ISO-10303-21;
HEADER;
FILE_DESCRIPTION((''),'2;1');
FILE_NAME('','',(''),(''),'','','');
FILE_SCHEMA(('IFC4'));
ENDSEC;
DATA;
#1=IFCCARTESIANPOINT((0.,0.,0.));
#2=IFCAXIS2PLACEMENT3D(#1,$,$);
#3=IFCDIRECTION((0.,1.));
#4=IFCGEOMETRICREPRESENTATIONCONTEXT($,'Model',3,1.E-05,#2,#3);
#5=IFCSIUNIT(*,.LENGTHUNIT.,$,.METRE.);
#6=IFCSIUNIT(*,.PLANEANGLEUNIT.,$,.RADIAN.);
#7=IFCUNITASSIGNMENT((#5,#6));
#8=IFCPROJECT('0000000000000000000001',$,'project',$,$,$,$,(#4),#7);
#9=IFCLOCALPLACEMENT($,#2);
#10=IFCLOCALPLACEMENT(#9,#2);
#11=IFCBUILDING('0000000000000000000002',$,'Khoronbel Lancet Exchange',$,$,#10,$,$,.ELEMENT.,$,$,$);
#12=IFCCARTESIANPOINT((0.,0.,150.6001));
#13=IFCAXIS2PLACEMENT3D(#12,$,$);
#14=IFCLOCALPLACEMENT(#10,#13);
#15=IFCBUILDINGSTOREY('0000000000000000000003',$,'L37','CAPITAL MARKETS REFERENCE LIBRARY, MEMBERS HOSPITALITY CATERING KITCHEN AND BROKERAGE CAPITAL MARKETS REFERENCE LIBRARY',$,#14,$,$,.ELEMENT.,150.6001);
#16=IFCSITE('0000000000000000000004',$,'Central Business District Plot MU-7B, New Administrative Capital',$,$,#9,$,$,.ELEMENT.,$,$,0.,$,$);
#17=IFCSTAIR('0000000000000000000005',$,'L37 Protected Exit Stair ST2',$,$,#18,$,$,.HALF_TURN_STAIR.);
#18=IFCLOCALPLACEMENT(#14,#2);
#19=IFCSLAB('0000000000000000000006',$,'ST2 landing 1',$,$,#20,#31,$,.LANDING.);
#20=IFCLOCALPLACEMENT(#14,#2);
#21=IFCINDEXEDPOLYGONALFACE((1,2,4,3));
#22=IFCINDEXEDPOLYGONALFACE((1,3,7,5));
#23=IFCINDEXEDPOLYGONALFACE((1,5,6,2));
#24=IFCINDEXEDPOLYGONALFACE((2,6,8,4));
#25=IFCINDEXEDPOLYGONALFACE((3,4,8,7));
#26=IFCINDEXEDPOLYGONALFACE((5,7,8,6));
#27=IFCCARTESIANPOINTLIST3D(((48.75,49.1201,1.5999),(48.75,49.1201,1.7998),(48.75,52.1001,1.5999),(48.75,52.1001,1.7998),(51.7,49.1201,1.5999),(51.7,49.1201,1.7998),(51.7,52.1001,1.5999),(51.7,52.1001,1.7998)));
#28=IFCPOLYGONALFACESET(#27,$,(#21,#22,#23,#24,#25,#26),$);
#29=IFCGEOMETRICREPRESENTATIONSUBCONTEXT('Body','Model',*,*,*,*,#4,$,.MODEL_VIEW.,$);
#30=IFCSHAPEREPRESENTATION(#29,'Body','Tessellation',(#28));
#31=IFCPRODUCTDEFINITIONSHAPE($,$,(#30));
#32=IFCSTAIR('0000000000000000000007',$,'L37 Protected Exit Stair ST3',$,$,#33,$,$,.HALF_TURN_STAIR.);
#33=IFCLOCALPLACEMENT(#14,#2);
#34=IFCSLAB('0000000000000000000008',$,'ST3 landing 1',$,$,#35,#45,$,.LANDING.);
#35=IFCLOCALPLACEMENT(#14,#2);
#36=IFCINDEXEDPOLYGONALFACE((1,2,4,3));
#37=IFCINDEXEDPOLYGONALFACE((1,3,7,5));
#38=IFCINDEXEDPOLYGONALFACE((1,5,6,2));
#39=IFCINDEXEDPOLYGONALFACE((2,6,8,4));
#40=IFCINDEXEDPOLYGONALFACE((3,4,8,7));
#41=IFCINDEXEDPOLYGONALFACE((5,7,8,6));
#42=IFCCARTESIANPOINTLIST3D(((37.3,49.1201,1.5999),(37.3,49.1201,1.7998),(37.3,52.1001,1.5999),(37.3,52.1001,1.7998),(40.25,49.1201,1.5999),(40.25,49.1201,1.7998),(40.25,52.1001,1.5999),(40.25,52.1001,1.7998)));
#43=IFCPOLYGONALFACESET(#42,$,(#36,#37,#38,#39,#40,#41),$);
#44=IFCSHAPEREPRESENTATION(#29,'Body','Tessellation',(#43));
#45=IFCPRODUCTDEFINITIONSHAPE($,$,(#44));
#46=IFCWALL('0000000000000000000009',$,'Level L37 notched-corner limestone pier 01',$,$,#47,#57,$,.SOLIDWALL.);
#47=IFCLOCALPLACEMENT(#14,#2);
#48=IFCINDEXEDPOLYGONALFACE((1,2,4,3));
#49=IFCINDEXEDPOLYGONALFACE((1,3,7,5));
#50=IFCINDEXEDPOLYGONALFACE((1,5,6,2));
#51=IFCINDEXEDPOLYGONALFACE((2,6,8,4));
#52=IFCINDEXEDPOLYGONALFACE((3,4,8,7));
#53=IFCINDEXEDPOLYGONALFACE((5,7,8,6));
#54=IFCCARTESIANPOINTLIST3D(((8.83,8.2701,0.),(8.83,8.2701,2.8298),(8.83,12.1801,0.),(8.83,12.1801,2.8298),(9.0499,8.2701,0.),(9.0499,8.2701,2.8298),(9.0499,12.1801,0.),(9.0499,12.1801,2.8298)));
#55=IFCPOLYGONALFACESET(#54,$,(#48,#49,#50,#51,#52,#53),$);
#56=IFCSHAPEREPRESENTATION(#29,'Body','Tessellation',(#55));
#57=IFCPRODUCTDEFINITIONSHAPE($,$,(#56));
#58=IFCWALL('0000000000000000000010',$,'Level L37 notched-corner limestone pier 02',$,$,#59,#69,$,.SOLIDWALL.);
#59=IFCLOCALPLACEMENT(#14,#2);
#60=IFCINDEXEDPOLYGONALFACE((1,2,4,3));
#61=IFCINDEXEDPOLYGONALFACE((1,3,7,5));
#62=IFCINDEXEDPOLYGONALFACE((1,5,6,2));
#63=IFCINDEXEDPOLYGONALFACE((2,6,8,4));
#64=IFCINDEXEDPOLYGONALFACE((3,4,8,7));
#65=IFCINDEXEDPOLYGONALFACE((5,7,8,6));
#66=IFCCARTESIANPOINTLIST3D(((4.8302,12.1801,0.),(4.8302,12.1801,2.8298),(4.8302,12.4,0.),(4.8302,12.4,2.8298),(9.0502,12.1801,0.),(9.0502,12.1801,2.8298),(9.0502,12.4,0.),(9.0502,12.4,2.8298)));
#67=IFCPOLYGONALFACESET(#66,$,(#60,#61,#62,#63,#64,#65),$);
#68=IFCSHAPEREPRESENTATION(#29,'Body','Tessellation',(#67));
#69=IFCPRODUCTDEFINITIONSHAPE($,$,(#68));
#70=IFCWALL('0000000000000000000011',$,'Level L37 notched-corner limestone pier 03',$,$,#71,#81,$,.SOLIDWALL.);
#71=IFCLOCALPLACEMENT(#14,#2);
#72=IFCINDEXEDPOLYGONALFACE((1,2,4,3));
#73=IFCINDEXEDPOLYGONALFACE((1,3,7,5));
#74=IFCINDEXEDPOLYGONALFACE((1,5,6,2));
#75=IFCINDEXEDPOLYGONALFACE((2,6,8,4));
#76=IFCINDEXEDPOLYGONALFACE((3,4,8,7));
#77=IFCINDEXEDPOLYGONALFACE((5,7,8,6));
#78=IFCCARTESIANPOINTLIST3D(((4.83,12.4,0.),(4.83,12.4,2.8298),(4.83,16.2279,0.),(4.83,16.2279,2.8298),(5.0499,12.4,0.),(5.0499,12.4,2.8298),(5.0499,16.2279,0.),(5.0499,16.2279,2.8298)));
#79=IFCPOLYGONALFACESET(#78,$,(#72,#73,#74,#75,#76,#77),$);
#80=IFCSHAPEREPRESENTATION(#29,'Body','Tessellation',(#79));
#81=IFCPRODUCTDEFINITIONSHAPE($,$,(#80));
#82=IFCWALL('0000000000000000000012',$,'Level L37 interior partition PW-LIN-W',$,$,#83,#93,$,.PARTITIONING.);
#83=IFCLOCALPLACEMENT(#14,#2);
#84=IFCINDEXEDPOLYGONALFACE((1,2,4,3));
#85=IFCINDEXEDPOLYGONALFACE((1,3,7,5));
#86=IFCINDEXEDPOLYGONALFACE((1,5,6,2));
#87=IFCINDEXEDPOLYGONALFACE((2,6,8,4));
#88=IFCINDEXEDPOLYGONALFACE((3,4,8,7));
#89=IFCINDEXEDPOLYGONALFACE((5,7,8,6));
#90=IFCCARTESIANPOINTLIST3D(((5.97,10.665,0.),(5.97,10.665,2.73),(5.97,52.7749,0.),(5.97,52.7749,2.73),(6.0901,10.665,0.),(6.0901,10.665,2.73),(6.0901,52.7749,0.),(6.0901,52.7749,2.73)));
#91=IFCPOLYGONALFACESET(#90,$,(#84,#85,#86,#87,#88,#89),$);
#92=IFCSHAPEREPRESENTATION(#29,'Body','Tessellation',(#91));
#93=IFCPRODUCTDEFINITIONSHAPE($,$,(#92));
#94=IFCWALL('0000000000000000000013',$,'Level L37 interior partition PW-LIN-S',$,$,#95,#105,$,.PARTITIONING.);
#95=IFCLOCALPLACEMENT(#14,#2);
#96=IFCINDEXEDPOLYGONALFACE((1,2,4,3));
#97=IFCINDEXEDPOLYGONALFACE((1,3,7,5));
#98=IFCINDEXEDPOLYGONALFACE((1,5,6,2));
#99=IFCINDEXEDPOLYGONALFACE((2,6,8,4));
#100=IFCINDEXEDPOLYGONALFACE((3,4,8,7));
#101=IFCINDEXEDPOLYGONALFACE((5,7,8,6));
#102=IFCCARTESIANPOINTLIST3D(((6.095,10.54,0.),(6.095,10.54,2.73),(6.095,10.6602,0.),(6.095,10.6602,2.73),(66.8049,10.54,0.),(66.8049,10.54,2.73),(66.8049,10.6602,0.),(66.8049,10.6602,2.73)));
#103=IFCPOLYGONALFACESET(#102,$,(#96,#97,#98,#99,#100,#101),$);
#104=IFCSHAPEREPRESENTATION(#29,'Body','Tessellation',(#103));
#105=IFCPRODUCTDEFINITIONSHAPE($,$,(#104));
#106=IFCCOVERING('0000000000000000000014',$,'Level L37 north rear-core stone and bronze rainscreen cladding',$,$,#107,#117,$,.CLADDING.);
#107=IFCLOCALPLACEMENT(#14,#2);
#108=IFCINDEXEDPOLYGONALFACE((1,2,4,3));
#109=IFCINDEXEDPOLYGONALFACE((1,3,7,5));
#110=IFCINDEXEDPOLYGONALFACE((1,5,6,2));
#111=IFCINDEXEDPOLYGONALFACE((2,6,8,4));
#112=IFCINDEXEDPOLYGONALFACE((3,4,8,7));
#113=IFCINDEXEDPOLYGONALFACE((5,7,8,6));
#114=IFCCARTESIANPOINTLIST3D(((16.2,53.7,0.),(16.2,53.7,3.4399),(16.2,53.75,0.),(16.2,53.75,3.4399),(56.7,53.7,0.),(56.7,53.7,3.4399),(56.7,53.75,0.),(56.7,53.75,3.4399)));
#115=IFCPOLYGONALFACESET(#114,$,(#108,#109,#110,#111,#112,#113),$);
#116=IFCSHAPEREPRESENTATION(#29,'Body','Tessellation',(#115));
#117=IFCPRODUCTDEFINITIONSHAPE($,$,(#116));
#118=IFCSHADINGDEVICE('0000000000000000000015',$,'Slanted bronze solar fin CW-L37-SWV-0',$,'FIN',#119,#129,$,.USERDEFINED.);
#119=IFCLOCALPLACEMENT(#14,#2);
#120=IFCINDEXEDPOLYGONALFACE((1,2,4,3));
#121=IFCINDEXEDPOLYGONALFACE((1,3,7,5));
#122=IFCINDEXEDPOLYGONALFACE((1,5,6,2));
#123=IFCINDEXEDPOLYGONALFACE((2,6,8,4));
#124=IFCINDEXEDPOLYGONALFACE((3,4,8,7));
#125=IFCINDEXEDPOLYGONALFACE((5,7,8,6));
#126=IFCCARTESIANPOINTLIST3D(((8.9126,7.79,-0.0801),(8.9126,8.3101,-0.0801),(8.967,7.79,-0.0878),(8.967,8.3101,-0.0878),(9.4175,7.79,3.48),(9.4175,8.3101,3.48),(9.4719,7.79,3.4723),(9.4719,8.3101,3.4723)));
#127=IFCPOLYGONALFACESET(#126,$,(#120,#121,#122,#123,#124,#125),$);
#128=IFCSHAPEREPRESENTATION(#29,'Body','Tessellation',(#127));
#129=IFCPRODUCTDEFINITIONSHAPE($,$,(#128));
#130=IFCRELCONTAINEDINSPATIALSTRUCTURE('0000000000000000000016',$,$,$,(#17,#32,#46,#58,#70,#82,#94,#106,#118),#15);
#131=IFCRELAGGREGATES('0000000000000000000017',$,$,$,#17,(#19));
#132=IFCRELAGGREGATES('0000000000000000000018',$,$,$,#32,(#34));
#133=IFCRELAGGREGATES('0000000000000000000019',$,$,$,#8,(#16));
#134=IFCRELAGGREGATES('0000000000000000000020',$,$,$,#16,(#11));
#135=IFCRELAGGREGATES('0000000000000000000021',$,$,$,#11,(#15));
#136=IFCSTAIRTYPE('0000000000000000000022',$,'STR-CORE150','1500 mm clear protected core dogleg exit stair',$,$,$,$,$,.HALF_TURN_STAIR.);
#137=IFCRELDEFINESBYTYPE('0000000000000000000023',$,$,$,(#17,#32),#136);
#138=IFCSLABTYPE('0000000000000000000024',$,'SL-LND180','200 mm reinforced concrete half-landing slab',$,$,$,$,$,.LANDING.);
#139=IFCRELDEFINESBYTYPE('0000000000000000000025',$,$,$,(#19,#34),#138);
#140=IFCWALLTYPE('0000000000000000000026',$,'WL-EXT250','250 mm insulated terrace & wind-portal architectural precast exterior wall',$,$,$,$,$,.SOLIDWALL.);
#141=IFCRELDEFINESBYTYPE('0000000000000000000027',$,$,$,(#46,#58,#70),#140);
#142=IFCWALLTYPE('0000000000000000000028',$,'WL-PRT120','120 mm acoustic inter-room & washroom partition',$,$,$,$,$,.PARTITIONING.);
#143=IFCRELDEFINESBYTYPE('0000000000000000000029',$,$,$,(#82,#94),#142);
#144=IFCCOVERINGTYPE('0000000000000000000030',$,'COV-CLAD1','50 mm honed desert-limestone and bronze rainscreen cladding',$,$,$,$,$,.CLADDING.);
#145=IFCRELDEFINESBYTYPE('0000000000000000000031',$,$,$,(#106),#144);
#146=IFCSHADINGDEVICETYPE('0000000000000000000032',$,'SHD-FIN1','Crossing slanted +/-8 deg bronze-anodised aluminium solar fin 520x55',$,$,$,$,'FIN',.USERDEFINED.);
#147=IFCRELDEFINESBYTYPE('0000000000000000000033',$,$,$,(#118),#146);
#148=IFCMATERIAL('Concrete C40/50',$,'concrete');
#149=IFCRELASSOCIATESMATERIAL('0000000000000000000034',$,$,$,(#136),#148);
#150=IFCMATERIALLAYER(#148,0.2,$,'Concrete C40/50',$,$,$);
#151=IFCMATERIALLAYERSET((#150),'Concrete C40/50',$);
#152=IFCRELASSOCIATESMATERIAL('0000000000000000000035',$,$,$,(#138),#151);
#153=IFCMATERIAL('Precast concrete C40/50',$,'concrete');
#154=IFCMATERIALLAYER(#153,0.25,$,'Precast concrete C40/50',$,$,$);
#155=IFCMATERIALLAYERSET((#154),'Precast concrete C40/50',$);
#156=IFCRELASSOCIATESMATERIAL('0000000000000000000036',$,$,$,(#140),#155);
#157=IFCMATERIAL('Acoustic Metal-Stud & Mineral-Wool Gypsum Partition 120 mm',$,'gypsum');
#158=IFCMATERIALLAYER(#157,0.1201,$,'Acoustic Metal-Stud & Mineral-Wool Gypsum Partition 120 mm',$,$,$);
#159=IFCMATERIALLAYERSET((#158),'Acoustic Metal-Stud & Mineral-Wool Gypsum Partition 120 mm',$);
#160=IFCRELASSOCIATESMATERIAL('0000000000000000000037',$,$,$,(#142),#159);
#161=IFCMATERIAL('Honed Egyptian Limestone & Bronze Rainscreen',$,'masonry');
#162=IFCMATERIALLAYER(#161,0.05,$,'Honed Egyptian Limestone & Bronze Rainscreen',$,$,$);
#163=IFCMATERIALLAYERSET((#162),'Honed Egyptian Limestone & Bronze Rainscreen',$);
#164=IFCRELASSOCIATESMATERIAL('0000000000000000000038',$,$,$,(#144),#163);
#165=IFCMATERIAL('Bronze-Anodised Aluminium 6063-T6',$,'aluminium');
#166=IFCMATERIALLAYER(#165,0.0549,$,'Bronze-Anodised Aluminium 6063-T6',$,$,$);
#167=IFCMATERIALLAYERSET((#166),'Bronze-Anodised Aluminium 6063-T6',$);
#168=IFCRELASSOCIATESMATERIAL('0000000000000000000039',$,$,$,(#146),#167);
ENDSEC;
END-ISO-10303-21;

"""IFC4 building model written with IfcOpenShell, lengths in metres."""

from ifc_helpers import new_model, si_unit, direction, frame, frame_2d, origin, place, context, subcontext, project, spatial, polyline, rectangle, outline, extrude, material, layer, layer_set, type_object, element, aggregate, save


model = new_model("IFC4")

# Units and contexts
model_context = context("Model", 3, precision=1e-05, world=origin(), true_north=direction((0.0, 1.0)))
body_context = subcontext(model_context, "Body", "Model", "MODEL_VIEW")
ifc_project = project(units=[si_unit("LENGTHUNIT", "METRE"), si_unit("PLANEANGLEUNIT", "RADIAN")], contexts=[model_context])

# Site, building, storey
site_placement = place(None, origin())
site = spatial("IfcSite", under=ifc_project, at=site_placement, Name="Central Business District Plot MU-7B, New Administrative Capital", CompositionType="ELEMENT", RefElevation=0.0)
building_placement = place(site_placement, origin())
building = spatial("IfcBuilding", under=site, at=building_placement, Name="Khoronbel Lancet Exchange", CompositionType="ELEMENT")
storey_placement = place(building_placement, frame((0.0, 0.0, 150.6001)))
storey = spatial("IfcBuildingStorey", under=building, at=storey_placement, Name="L37", Description="CAPITAL MARKETS REFERENCE LIBRARY, MEMBERS HOSPITALITY CATERING KITCHEN AND BROKERAGE CAPITAL MARKETS REFERENCE LIBRARY", CompositionType="ELEMENT", Elevation=150.6001)

# Shared definitions
ifc_material_1 = material(Name="Bronze-Anodised Aluminium 6063-T6", Category="aluminium")

# Shared definitions
ifc_material_2 = material(Name="Concrete C40/50", Category="concrete")

# Stairs, slabs
stair_type = type_object("IfcStairType", Name="STR-CORE150", Description="1500 mm clear protected core dogleg exit stair", PredefinedType="HALF_TURN_STAIR", material=ifc_material_2)
ifc_layer_1 = layer(ifc_material_2, 0.2, Name="Concrete C40/50")
ifc_layer_set_1 = layer_set([ifc_layer_1], Name="Concrete C40/50")
slab_type_1 = type_object("IfcSlabType", Name="SL-LND180", Description="200 mm reinforced concrete half-landing slab", PredefinedType="LANDING", material=ifc_layer_set_1)
stair_1_placement = place(storey_placement, origin())
stair_1 = element("IfcStair", 1, at=stair_1_placement, inside=storey, type_object=stair_type, Name="L37 Protected Exit Stair ST2", PredefinedType="HALF_TURN_STAIR")
slab_1_placement = place(storey_placement, frame((0.0, 0.0, 1.5999)))
slab_1 = element("IfcSlab", 2, at=slab_1_placement, type_object=slab_type_1, Name="ST2 landing 1", PredefinedType="LANDING", context=body_context, shape_type="SweptSolid", body=[
    extrude(outline(polyline([(51.7, 52.1001), (48.75, 52.1001), (48.75, 49.1201), (51.7, 49.1201), (51.7, 52.1001)])), origin(), (0.0, 0.0, 1.0), 0.2),
])
aggregate(stair_1, [slab_1])
stair_2_placement = place(storey_placement, origin())
stair_2 = element("IfcStair", 3, at=stair_2_placement, inside=storey, type_object=stair_type, Name="L37 Protected Exit Stair ST3", PredefinedType="HALF_TURN_STAIR")
slab_2_placement = place(storey_placement, frame((0.0, 0.0, 1.5999)))
slab_2 = element("IfcSlab", 4, at=slab_2_placement, type_object=slab_type_1, Name="ST3 landing 1", PredefinedType="LANDING", context=body_context, shape_type="SweptSolid", body=[
    extrude(outline(polyline([(37.3, 49.1201), (40.25, 49.1201), (40.25, 52.1001), (37.3, 52.1001), (37.3, 49.1201)])), origin(), (0.0, 0.0, 1.0), 0.2),
])
aggregate(stair_2, [slab_2])

# Walls
ifc_material_3 = material(Name="Precast concrete C40/50", Category="concrete")
ifc_layer_2 = layer(ifc_material_3, 0.25, Name="Precast concrete C40/50")
ifc_layer_set_2 = layer_set([ifc_layer_2], Name="Precast concrete C40/50")
wall_type_1 = type_object("IfcWallType", Name="WL-EXT250", Description="250 mm insulated terrace & wind-portal architectural precast exterior wall", PredefinedType="SOLIDWALL", material=ifc_layer_set_2)
wall_1_placement = place(storey_placement, frame((8.9399, 8.27, 0.0), z_axis=(0.0, 0.0, 1.0), x_axis=(0.0, 1.0, 0.0)))
element("IfcWall", 5, at=wall_1_placement, inside=storey, type_object=wall_type_1, Name="Level L37 notched-corner limestone pier 01", PredefinedType="SOLIDWALL", context=body_context, shape_type="SweptSolid", body=[
    extrude(rectangle(XDim=3.9099, YDim=0.22, at=frame_2d((1.9551, 0.0))), origin(), (0.0, 0.0, 1.0), 2.8298),
])
wall_2_placement = place(storey_placement, frame((9.05, 12.29, 0.0), z_axis=(0.0, 0.0, 1.0), x_axis=(-1.0, 0.0, 0.0)))
element("IfcWall", 6, at=wall_2_placement, inside=storey, type_object=wall_type_1, Name="Level L37 notched-corner limestone pier 02", PredefinedType="SOLIDWALL", context=body_context, shape_type="SweptSolid", body=[
    extrude(rectangle(XDim=4.22, YDim=0.22, at=frame_2d((2.1099, 0.0))), origin(), (0.0, 0.0, 1.0), 2.8298),
])
wall_3_placement = place(storey_placement, frame((4.9399, 12.3999, 0.0), z_axis=(0.0, 0.0, 1.0), x_axis=(0.0, 1.0, 0.0)))
element("IfcWall", 7, at=wall_3_placement, inside=storey, type_object=wall_type_1, Name="Level L37 notched-corner limestone pier 03", PredefinedType="SOLIDWALL", context=body_context, shape_type="SweptSolid", body=[
    extrude(rectangle(XDim=3.8279, YDim=0.22, at=frame_2d((1.9141, 0.0))), origin(), (0.0, 0.0, 1.0), 2.8298),
])
ifc_material_4 = material(Name="Acoustic Metal-Stud & Mineral-Wool Gypsum Partition 120 mm", Category="gypsum")
ifc_layer_3 = layer(ifc_material_4, 0.1201, Name="Acoustic Metal-Stud & Mineral-Wool Gypsum Partition 120 mm")
ifc_layer_set_3 = layer_set([ifc_layer_3], Name="Acoustic Metal-Stud & Mineral-Wool Gypsum Partition 120 mm")
wall_type_2 = type_object("IfcWallType", Name="WL-PRT120", Description="120 mm acoustic inter-room & washroom partition", PredefinedType="PARTITIONING", material=ifc_layer_set_3)
wall_4_placement = place(storey_placement, frame((6.03, 10.665, 0.0), z_axis=(0.0, 0.0, 1.0), x_axis=(0.0, 1.0, 0.0)))
element("IfcWall", 8, at=wall_4_placement, inside=storey, type_object=wall_type_2, Name="Level L37 interior partition PW-LIN-W", PredefinedType="PARTITIONING", context=body_context, shape_type="SweptSolid", body=[
    extrude(rectangle(XDim=42.1099, YDim=0.1201, at=frame_2d((21.0549, 0.0))), origin(), (0.0, 0.0, 1.0), 2.73),
])
wall_5_placement = place(storey_placement, frame((6.095, 10.6001, 0.0), z_axis=(0.0, 0.0, 1.0), x_axis=(1.0, 0.0, 0.0)))
element("IfcWall", 9, at=wall_5_placement, inside=storey, type_object=wall_type_2, Name="Level L37 interior partition PW-LIN-S", PredefinedType="PARTITIONING", context=body_context, shape_type="SweptSolid", body=[
    extrude(rectangle(XDim=60.71, YDim=0.1201, at=frame_2d((30.355, 0.0))), origin(), (0.0, 0.0, 1.0), 2.73),
])

# Covering
ifc_material_5 = material(Name="Honed Egyptian Limestone & Bronze Rainscreen", Category="masonry")
ifc_layer_4 = layer(ifc_material_5, 0.05, Name="Honed Egyptian Limestone & Bronze Rainscreen")
ifc_layer_set_4 = layer_set([ifc_layer_4], Name="Honed Egyptian Limestone & Bronze Rainscreen")
covering_type = type_object("IfcCoveringType", Name="COV-CLAD1", Description="50 mm honed desert-limestone and bronze rainscreen cladding", PredefinedType="CLADDING", material=ifc_layer_set_4)
covering_placement = place(storey_placement, origin())
element("IfcCovering", 10, at=covering_placement, inside=storey, type_object=covering_type, Name="Level L37 north rear-core stone and bronze rainscreen cladding", PredefinedType="CLADDING", context=body_context, shape_type="SweptSolid", body=[
    extrude(outline(polyline([(16.2, 53.7), (56.7, 53.7), (56.7, 53.75), (16.2, 53.75), (16.2, 53.7)])), origin(), (0.0, 0.0, 1.0), 3.4399),
])

# Shading device
ifc_layer_5 = layer(ifc_material_1, 0.0549, Name="Bronze-Anodised Aluminium 6063-T6")
ifc_layer_set_5 = layer_set([ifc_layer_5], Name="Bronze-Anodised Aluminium 6063-T6")
shading_device_type = type_object("IfcShadingDeviceType", Name="SHD-FIN1", Description="Crossing slanted +/-8 deg bronze-anodised aluminium solar fin 520x55", ElementType="FIN", PredefinedType="USERDEFINED", material=ifc_layer_set_5)
shading_device_placement = place(storey_placement, frame((8.9126, 8.3101, -0.0801), z_axis=(-0.990093, 0.0, 0.140414), x_axis=(0.0, -1.0, 0.0)))
element("IfcShadingDevice", 11, at=shading_device_placement, inside=storey, type_object=shading_device_type, Name="Slanted bronze solar fin CW-L37-SWV-0", ObjectType="FIN", PredefinedType="USERDEFINED", context=body_context, shape_type="SweptSolid", body=[
    extrude(outline(polyline([(0.0, 0.0), (0.52, 0.0), (0.52, 3.5957), (0.0, 3.5957), (0.0, 0.0)])), origin(), (0.0, 0.0, -1.0), 0.0549),
])

save(model, "model.ifc")
